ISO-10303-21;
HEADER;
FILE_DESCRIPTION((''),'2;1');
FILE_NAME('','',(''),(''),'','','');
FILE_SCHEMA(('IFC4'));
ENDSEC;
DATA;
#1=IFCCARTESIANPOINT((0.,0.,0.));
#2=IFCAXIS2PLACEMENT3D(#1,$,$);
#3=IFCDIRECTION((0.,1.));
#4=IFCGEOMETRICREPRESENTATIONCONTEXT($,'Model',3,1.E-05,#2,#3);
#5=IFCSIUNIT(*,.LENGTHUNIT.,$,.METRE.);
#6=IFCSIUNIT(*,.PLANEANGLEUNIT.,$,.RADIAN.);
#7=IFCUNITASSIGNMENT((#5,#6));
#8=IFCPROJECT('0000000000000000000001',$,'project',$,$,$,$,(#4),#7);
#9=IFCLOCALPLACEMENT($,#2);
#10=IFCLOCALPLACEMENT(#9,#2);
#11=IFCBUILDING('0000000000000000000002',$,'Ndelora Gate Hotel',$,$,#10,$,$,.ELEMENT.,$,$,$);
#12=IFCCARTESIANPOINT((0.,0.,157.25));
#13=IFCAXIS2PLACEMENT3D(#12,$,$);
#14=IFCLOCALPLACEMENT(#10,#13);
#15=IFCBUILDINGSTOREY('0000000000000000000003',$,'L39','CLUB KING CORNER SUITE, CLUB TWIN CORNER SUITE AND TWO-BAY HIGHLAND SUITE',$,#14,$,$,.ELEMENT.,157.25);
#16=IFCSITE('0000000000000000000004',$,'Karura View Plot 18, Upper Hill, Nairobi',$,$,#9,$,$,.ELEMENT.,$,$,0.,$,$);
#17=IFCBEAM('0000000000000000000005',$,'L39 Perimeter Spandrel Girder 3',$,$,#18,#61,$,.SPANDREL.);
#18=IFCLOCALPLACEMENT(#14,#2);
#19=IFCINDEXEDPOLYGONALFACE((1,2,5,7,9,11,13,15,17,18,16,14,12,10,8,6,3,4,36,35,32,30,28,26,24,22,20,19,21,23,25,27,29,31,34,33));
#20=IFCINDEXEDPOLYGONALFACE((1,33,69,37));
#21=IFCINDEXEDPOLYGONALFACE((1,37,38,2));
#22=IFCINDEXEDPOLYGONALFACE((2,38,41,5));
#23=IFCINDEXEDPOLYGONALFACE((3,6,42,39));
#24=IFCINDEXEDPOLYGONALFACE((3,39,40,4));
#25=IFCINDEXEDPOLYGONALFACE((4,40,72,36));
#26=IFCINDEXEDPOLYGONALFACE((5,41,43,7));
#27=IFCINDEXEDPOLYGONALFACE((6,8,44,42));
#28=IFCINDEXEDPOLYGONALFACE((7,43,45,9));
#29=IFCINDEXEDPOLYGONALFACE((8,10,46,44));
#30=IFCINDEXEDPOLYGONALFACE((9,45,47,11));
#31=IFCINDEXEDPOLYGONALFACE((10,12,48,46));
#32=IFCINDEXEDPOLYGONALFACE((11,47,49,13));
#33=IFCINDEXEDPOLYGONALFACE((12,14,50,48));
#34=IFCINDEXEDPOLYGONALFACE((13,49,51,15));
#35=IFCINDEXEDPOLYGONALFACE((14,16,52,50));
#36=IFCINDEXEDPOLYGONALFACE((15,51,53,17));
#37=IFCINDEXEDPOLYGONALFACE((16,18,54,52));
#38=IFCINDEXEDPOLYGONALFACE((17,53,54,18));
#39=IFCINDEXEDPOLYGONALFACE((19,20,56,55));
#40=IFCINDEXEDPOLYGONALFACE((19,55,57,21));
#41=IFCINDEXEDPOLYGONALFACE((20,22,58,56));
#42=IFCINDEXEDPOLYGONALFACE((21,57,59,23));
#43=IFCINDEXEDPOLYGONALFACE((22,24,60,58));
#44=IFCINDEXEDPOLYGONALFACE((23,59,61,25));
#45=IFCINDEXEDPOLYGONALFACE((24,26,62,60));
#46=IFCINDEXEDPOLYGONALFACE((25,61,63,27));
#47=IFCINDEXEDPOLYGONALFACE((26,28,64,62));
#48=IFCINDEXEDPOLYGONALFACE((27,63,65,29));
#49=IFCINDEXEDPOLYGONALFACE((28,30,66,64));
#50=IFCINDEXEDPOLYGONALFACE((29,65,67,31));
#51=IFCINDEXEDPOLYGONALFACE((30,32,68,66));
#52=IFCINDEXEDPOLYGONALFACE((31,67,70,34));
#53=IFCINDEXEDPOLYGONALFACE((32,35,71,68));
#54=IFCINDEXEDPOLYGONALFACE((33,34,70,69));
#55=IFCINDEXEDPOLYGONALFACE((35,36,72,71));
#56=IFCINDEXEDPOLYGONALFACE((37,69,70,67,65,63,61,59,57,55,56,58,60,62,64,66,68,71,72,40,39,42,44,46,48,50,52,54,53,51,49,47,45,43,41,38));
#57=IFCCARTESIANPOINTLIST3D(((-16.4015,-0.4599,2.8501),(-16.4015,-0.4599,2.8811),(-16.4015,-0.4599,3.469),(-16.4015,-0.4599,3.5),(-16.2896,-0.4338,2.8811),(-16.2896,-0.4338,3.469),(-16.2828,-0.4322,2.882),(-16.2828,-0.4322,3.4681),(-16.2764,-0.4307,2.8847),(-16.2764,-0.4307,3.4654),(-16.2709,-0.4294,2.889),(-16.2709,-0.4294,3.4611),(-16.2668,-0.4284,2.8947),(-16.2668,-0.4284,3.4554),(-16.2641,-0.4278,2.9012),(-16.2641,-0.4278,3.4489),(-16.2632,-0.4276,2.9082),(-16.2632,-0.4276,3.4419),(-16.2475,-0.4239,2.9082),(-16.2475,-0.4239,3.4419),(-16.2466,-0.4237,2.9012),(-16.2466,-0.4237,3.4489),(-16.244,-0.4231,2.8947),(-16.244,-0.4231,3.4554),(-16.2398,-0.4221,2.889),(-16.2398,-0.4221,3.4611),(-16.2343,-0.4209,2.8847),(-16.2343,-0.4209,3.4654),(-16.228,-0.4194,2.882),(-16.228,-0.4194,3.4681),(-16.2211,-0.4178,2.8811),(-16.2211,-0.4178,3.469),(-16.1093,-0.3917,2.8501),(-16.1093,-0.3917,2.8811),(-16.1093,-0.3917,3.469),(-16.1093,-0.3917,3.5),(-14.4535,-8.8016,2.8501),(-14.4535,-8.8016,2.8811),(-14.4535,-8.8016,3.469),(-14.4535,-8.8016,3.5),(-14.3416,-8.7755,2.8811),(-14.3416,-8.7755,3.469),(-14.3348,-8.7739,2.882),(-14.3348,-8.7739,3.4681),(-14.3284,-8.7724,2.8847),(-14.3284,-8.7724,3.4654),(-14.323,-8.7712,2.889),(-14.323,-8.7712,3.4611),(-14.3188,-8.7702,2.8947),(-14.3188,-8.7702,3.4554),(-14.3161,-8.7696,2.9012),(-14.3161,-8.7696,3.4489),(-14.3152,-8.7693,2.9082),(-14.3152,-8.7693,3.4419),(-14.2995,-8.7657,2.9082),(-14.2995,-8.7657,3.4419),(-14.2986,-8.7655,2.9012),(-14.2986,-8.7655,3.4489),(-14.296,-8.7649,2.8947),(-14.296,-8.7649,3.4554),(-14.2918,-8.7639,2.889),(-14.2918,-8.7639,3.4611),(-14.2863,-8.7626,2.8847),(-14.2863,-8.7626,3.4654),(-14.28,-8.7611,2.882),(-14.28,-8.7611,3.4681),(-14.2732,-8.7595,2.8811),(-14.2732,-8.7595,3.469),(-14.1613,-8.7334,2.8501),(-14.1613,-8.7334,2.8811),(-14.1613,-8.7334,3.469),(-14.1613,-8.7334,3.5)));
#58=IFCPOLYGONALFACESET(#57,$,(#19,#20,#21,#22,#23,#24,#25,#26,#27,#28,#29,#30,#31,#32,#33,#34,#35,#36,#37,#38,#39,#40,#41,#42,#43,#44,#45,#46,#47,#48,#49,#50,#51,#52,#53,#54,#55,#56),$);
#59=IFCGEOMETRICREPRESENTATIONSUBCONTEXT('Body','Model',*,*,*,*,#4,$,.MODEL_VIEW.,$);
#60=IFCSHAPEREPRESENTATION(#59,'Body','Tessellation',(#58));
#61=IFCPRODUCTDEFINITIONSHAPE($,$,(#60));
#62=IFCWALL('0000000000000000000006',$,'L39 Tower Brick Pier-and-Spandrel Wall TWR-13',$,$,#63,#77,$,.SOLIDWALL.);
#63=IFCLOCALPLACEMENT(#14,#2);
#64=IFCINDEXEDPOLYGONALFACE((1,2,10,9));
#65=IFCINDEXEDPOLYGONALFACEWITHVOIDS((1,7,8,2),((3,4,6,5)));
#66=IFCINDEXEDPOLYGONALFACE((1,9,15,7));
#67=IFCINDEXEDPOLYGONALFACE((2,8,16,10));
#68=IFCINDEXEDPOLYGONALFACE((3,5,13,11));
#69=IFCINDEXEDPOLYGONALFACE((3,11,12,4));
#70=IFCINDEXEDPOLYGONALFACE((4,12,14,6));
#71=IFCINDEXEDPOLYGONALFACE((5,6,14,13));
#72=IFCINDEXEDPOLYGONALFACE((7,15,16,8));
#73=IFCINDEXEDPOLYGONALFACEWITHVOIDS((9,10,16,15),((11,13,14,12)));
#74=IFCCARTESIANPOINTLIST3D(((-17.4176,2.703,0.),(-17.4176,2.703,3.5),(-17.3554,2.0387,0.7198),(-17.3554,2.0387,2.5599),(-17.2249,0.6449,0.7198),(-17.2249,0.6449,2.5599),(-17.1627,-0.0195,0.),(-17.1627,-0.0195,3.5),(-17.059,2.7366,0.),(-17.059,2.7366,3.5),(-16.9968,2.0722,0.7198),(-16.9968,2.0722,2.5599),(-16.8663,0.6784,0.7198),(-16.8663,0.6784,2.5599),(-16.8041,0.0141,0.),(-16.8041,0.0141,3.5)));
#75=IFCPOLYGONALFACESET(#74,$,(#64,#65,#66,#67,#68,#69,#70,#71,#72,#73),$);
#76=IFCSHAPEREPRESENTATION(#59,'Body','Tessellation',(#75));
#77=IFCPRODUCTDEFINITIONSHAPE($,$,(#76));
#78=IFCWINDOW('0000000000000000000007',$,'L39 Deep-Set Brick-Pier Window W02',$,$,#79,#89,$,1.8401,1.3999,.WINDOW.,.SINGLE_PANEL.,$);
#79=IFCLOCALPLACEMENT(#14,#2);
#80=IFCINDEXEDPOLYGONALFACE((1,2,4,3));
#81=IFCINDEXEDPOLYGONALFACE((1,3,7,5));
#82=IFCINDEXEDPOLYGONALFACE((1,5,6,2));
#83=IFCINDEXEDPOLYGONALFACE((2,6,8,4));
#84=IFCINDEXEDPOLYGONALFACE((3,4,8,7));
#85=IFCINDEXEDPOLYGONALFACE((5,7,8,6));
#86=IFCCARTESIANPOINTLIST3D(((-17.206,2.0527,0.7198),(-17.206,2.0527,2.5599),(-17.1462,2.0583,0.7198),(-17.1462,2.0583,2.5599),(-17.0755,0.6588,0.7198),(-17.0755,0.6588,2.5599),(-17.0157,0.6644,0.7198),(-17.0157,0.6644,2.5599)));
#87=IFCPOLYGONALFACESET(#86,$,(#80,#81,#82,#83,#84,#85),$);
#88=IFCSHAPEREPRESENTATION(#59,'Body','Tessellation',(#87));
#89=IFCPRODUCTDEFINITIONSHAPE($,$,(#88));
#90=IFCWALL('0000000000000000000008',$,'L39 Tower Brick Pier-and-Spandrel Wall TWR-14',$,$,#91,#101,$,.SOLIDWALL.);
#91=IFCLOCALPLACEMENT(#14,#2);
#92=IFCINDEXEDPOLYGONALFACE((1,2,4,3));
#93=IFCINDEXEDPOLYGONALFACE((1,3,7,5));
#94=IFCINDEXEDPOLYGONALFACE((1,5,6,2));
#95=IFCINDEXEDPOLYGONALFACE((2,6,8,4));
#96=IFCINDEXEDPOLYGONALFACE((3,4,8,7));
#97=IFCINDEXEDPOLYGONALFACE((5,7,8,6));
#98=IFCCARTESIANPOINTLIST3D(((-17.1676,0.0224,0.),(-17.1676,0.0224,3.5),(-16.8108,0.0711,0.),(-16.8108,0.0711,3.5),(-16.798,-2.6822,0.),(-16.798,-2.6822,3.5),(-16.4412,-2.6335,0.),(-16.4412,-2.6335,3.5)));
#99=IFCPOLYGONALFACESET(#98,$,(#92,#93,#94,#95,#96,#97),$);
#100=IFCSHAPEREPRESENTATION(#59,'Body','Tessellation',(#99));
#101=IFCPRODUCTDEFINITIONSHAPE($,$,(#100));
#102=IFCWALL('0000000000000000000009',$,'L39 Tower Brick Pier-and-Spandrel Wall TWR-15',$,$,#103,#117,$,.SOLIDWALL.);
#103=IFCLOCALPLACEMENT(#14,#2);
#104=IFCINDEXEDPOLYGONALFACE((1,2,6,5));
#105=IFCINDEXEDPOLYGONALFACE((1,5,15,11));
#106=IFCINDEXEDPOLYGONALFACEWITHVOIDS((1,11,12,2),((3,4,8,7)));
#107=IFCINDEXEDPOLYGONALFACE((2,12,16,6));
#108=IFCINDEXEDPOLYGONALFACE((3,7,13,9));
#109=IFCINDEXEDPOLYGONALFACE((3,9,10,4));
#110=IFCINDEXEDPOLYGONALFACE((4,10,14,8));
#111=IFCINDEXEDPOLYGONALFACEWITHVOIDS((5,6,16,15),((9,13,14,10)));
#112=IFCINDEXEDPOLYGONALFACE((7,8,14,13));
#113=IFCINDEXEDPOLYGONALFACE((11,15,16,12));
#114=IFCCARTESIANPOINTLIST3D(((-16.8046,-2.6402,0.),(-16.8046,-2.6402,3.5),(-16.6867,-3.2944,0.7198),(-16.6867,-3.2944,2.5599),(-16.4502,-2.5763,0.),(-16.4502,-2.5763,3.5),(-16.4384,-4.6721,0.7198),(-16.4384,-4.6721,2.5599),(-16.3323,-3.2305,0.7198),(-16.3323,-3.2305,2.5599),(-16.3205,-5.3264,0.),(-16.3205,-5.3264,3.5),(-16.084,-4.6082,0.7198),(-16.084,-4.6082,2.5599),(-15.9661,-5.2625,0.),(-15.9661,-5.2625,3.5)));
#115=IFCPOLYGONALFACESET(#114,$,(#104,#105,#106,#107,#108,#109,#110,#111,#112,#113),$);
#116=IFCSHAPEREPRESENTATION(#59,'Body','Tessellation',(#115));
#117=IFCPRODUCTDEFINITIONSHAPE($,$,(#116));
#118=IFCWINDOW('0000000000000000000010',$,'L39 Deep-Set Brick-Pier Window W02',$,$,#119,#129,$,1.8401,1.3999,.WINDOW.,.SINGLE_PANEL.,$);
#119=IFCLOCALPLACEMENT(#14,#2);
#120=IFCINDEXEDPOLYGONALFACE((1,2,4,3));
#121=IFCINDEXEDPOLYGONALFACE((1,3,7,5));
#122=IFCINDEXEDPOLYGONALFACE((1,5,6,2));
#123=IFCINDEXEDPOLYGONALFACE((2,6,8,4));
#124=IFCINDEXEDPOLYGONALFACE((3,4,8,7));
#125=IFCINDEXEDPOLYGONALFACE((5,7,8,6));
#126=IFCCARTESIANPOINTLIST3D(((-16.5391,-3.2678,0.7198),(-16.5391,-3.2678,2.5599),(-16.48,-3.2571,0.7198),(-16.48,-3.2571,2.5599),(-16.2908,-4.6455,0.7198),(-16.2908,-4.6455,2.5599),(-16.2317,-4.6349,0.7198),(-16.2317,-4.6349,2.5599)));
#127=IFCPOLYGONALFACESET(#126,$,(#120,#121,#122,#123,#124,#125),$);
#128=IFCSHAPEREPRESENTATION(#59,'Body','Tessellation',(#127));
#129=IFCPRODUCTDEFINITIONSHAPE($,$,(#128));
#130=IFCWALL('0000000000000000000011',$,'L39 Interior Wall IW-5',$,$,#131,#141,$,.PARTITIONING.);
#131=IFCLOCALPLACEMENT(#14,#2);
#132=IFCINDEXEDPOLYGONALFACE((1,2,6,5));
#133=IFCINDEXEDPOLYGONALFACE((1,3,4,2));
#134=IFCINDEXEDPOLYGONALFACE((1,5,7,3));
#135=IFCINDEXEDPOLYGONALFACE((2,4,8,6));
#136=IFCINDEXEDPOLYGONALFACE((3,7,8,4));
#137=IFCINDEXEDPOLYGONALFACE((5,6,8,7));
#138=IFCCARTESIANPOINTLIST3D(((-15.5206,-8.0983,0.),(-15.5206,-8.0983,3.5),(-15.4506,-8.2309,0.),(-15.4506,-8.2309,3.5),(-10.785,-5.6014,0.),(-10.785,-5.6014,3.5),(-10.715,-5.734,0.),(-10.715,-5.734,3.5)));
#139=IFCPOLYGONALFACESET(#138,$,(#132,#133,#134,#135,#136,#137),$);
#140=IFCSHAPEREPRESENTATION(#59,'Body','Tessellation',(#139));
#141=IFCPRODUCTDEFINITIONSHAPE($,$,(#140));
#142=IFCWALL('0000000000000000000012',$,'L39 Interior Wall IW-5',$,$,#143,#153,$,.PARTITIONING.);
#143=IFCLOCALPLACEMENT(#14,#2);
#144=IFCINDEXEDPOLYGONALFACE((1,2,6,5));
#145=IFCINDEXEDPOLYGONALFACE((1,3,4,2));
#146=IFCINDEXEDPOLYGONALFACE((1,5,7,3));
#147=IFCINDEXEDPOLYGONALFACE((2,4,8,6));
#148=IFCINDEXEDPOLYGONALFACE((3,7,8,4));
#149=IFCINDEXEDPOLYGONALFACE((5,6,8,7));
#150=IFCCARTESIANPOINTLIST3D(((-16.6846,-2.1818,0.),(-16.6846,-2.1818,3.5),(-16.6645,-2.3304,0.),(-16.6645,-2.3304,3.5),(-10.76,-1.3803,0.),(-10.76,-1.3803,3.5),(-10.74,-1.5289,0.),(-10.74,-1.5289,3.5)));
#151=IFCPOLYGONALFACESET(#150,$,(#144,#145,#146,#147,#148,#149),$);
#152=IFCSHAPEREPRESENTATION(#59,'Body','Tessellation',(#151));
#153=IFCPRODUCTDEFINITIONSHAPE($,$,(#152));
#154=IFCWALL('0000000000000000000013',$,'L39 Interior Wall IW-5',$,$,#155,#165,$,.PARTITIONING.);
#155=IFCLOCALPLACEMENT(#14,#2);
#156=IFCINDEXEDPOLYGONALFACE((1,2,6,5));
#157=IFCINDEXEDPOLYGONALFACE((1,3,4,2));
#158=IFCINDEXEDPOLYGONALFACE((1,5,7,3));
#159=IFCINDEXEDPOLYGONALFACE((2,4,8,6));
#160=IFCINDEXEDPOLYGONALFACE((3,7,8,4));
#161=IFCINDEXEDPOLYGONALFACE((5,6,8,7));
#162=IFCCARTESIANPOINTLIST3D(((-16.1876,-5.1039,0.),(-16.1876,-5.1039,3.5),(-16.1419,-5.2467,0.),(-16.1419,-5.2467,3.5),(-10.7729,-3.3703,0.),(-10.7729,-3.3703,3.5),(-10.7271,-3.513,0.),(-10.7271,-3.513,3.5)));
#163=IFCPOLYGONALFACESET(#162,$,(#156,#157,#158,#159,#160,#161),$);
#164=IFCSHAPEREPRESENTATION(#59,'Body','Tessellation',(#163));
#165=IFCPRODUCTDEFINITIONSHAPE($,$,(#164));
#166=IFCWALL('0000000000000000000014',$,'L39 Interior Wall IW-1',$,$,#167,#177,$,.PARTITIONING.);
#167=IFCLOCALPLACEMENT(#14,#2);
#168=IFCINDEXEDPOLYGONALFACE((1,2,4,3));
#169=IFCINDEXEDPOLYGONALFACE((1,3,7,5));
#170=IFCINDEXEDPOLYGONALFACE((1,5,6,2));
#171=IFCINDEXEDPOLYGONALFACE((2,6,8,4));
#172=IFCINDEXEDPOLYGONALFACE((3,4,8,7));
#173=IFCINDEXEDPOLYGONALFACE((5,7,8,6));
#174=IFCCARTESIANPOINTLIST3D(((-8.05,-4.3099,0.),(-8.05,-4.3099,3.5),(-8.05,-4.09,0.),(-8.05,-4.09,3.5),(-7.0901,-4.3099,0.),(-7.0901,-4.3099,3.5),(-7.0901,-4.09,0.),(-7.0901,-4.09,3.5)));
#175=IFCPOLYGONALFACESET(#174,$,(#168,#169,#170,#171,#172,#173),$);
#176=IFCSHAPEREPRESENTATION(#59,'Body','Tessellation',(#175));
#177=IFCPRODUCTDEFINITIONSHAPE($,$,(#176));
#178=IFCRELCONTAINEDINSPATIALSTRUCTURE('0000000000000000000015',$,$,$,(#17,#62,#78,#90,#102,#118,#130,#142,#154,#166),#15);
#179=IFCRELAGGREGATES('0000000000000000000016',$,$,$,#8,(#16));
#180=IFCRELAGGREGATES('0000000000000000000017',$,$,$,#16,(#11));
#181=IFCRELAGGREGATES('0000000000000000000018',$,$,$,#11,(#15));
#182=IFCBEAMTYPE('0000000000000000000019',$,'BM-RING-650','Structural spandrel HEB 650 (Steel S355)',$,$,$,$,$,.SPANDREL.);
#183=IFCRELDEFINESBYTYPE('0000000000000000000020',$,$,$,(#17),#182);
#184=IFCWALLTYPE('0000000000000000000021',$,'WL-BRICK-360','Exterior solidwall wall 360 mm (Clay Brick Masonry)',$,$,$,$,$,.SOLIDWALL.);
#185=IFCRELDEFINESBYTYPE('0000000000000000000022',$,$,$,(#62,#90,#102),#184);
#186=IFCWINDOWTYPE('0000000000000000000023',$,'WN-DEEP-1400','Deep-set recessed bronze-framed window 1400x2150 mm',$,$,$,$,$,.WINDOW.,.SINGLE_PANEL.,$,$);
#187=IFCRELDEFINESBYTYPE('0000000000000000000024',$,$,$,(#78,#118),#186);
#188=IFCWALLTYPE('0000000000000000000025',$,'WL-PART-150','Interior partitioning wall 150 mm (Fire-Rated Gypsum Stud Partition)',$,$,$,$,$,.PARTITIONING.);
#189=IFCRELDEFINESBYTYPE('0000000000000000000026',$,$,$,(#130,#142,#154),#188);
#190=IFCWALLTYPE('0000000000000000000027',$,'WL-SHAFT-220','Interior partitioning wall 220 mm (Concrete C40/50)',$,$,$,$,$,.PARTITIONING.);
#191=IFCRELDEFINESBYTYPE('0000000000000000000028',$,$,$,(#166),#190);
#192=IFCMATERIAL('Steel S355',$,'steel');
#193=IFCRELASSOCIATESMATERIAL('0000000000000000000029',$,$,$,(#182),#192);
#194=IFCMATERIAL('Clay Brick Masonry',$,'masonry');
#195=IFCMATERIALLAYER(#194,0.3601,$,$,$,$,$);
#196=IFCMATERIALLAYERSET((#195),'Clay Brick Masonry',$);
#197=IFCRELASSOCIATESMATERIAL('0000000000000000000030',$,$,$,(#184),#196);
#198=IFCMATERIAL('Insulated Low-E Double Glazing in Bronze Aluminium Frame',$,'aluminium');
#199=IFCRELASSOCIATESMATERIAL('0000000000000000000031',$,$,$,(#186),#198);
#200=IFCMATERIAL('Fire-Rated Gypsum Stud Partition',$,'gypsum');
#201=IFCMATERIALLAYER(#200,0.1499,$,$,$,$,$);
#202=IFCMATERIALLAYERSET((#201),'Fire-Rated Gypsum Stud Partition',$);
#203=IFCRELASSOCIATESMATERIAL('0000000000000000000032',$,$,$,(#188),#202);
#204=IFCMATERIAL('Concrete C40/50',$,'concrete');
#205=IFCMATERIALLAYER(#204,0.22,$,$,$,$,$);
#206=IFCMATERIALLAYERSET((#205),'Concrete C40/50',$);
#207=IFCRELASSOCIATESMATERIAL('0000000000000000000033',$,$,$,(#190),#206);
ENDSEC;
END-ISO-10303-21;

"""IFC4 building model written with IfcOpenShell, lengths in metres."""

from ifc_helpers import new_model, si_unit, direction, frame, frame_2d, origin, origin_2d, place, context, subcontext, project, spatial, rectangle, i_section, extrude, material, layer, layer_set, material_profile, profile_set, type_object, element, fill, save


model = new_model("IFC4")

# Units and contexts
model_context = context("Model", 3, precision=1e-05, world=origin(), true_north=direction((0.0, 1.0)))
body_context = subcontext(model_context, "Body", "Model", "MODEL_VIEW")
ifc_project = project(units=[si_unit("LENGTHUNIT", "METRE"), si_unit("PLANEANGLEUNIT", "RADIAN")], contexts=[model_context])

# Site, building, storey
site_placement = place(None, origin())
site = spatial("IfcSite", under=ifc_project, at=site_placement, Name="Karura View Plot 18, Upper Hill, Nairobi", CompositionType="ELEMENT", RefElevation=0.0)
building_placement = place(site_placement, origin())
building = spatial("IfcBuilding", under=site, at=building_placement, Name="Ndelora Gate Hotel", CompositionType="ELEMENT")
storey_placement = place(building_placement, frame((0.0, 0.0, 157.25)))
storey = spatial("IfcBuildingStorey", under=building, at=storey_placement, Name="L39", Description="CLUB KING CORNER SUITE, CLUB TWIN CORNER SUITE AND TWO-BAY HIGHLAND SUITE", CompositionType="ELEMENT", Elevation=157.25)

# Beam
ifc_material_1 = material(Name="Steel S355", Category="steel")
ifc_material_profile_1 = material_profile(ifc_material_1, i_section(OverallWidth=0.3, OverallDepth=0.6499, WebThickness=0.0161, FlangeThickness=0.031, FilletRadius=0.0271, at=origin_2d()), Name="HEB 650")
ifc_profile_set_1 = profile_set([ifc_material_profile_1], Name="Steel S355")
beam_type_1 = type_object("IfcBeamType", Name="BM-RING-650", Description="Structural spandrel HEB 650 (Steel S355)", PredefinedType="SPANDREL", material=ifc_profile_set_1)
beam_1_placement = place(storey_placement, frame((-16.2554, -0.4258, 3.175), z_axis=(0.227404, -0.9738, 0.0), x_axis=(0.9738, 0.227404, 0.0)))
element("IfcBeam", 1, at=beam_1_placement, inside=storey, type_object=beam_type_1, Name="L39 Perimeter Spandrel Girder 3", PredefinedType="SPANDREL", context=body_context, shape_type="SweptSolid", body=[
    extrude(i_section(OverallWidth=0.3, OverallDepth=0.6499, WebThickness=0.0161, FlangeThickness=0.031, FilletRadius=0.0271, at=origin_2d()), origin(), (0.0, 0.0, 1.0), 8.5662),
])

# Wall, opening, window
ifc_material_2 = material(Name="Clay Brick Masonry", Category="masonry")
ifc_layer_1 = layer(ifc_material_2, 0.3601)
ifc_layer_set_1 = layer_set([ifc_layer_1], Name="Clay Brick Masonry")
wall_type_1 = type_object("IfcWallType", Name="WL-BRICK-360", Description="Exterior solidwall wall 360 mm (Clay Brick Masonry)", PredefinedType="SOLIDWALL", material=ifc_layer_set_1)
wall_1_placement = place(storey_placement, frame((-16.9834, -0.0027, 0.0), z_axis=(0.0, 0.0, 1.0), x_axis=(-0.093216, 0.995646, 0.0)))
wall_1 = element("IfcWall", 2, at=wall_1_placement, inside=storey, type_object=wall_type_1, Name="L39 Tower Brick Pier-and-Spandrel Wall TWR-13", PredefinedType="SOLIDWALL", context=body_context, shape_type="SweptSolid", body=[
    extrude(rectangle(XDim=2.7344, YDim=0.3601, at=frame_2d((1.3672, 0.0))), origin(), (0.0, 0.0, 1.0), 3.5),
])
opening_1_placement = place(wall_1_placement, frame((0.6672, 0.0, 0.72)))
opening_1 = element("IfcOpeningElement", 3, at=opening_1_placement, cuts=wall_1, PredefinedType="OPENING", context=body_context, shape_type="SweptSolid", body=[
    extrude(rectangle(XDim=1.3999, YDim=1.8401, at=frame_2d((0.7, 0.9199))), frame((0.0, 0.1899, 0.0), z_axis=(0.0, -1.0, 0.0), x_axis=(1.0, 0.0, 0.0)), (0.0, 0.0, 1.0), 0.3801),
])
ifc_material_3 = material(Name="Insulated Low-E Double Glazing in Bronze Aluminium Frame", Category="aluminium")
window_type = type_object("IfcWindowType", Name="WN-DEEP-1400", Description="Deep-set recessed bronze-framed window 1400x2150 mm", PartitioningType="SINGLE_PANEL", PredefinedType="WINDOW", material=ifc_material_3)
window_1_placement = place(opening_1_placement, origin())
window_1 = element("IfcWindow", 4, at=window_1_placement, inside=storey, type_object=window_type, Name="L39 Deep-Set Brick-Pier Window W02", OverallHeight=1.8401, OverallWidth=1.3999, PartitioningType="SINGLE_PANEL", PredefinedType="WINDOW", context=body_context, shape_type="SweptSolid", body=[
    extrude(rectangle(XDim=1.3999, YDim=1.8401, at=frame_2d((0.7, 0.9199))), frame((0.0, 0.03, 0.0), z_axis=(0.0, -1.0, 0.0), x_axis=(1.0, 0.0, 0.0)), (0.0, 0.0, 1.0), 0.0601),
])
fill(opening_1, window_1)

# Wall
wall_2_placement = place(storey_placement, frame((-16.6196, -2.6577, 0.0), z_axis=(0.0, 0.0, 1.0), x_axis=(-0.135409, 0.99079, 0.0)))
element("IfcWall", 5, at=wall_2_placement, inside=storey, type_object=wall_type_1, Name="L39 Tower Brick Pier-and-Spandrel Wall TWR-14", PredefinedType="SOLIDWALL", context=body_context, shape_type="SweptSolid", body=[
    extrude(rectangle(XDim=2.7297, YDim=0.3601, at=frame_2d((1.3647, 0.0))), origin(), (0.0, 0.0, 1.0), 3.5),
])

# Wall, opening, window
wall_3_placement = place(storey_placement, frame((-16.1433, -5.2944, 0.0), z_axis=(0.0, 0.0, 1.0), x_axis=(-0.177366, 0.984145, 0.0)))
wall_3 = element("IfcWall", 6, at=wall_3_placement, inside=storey, type_object=wall_type_1, Name="L39 Tower Brick Pier-and-Spandrel Wall TWR-15", PredefinedType="SOLIDWALL", context=body_context, shape_type="SweptSolid", body=[
    extrude(rectangle(XDim=2.7295, YDim=0.3601, at=frame_2d((1.3647, 0.0))), origin(), (0.0, 0.0, 1.0), 3.5),
])
opening_2_placement = place(wall_3_placement, frame((0.6648, 0.0, 0.72)))
opening_2 = element("IfcOpeningElement", 7, at=opening_2_placement, cuts=wall_3, PredefinedType="OPENING", context=body_context, shape_type="SweptSolid", body=[
    extrude(rectangle(XDim=1.3999, YDim=1.8401, at=frame_2d((0.7, 0.9199))), frame((0.0, 0.1899, 0.0), z_axis=(0.0, -1.0, 0.0), x_axis=(1.0, 0.0, 0.0)), (0.0, 0.0, 1.0), 0.3801),
])
window_2_placement = place(opening_2_placement, origin())
window_2 = element("IfcWindow", 8, at=window_2_placement, inside=storey, type_object=window_type, Name="L39 Deep-Set Brick-Pier Window W02", OverallHeight=1.8401, OverallWidth=1.3999, PartitioningType="SINGLE_PANEL", PredefinedType="WINDOW", context=body_context, shape_type="SweptSolid", body=[
    extrude(rectangle(XDim=1.3999, YDim=1.8401, at=frame_2d((0.7, 0.9199))), frame((0.0, 0.03, 0.0), z_axis=(0.0, -1.0, 0.0), x_axis=(1.0, 0.0, 0.0)), (0.0, 0.0, 1.0), 0.0601),
])
fill(opening_2, window_2)

# Shared definitions
ifc_material_4 = material(Name="Fire-Rated Gypsum Stud Partition", Category="gypsum")
ifc_layer_2 = layer(ifc_material_4, 0.1499)
ifc_layer_set_2 = layer_set([ifc_layer_2], Name="Fire-Rated Gypsum Stud Partition")
wall_type_2 = type_object("IfcWallType", Name="WL-PART-150", Description="Interior partitioning wall 150 mm (Fire-Rated Gypsum Stud Partition)", PredefinedType="PARTITIONING", material=ifc_layer_set_2)

# Walls
wall_4_placement = place(storey_placement, frame((-10.75, -5.6677, 0.0), z_axis=(0.0, 0.0, 1.0), x_axis=(-0.884579, -0.466391, 0.0)))
element("IfcWall", 9, at=wall_4_placement, inside=storey, type_object=wall_type_2, Name="L39 Interior Wall IW-5", PredefinedType="PARTITIONING", context=body_context, shape_type="SweptSolid", body=[
    extrude(rectangle(XDim=5.3535, YDim=0.1499, at=frame_2d((2.6768, 0.0))), origin(), (0.0, 0.0, 1.0), 3.5),
])
wall_5_placement = place(storey_placement, frame((-10.75, -1.4546, 0.0), z_axis=(0.0, 0.0, 1.0), x_axis=(-0.990972, -0.134065, 0.0)))
element("IfcWall", 10, at=wall_5_placement, inside=storey, type_object=wall_type_2, Name="L39 Interior Wall IW-5", PredefinedType="PARTITIONING", context=body_context, shape_type="SweptSolid", body=[
    extrude(rectangle(XDim=5.9785, YDim=0.1499, at=frame_2d((2.9893, 0.0))), origin(), (0.0, 0.0, 1.0), 3.5),
])
wall_6_placement = place(storey_placement, frame((-10.75, -3.4417, 0.0), z_axis=(0.0, 0.0, 1.0), x_axis=(-0.952378, -0.304921, 0.0)))
element("IfcWall", 11, at=wall_6_placement, inside=storey, type_object=wall_type_2, Name="L39 Interior Wall IW-5", PredefinedType="PARTITIONING", context=body_context, shape_type="SweptSolid", body=[
    extrude(rectangle(XDim=5.6855, YDim=0.1499, at=frame_2d((2.8428, 0.0))), origin(), (0.0, 0.0, 1.0), 3.5),
])
ifc_material_5 = material(Name="Concrete C40/50", Category="concrete")
ifc_layer_3 = layer(ifc_material_5, 0.22)
ifc_layer_set_3 = layer_set([ifc_layer_3], Name="Concrete C40/50")
wall_type_3 = type_object("IfcWallType", Name="WL-SHAFT-220", Description="Interior partitioning wall 220 mm (Concrete C40/50)", PredefinedType="PARTITIONING", material=ifc_layer_set_3)
wall_7_placement = place(storey_placement, frame((-8.05, -4.2, 0.0), z_axis=(0.0, 0.0, 1.0), x_axis=(1.0, 0.0, 0.0)))
element("IfcWall", 12, at=wall_7_placement, inside=storey, type_object=wall_type_3, Name="L39 Interior Wall IW-1", PredefinedType="PARTITIONING", context=body_context, shape_type="SweptSolid", body=[
    extrude(rectangle(XDim=0.96, YDim=0.22, at=frame_2d((0.48, 0.0))), origin(), (0.0, 0.0, 1.0), 3.5),
])

save(model, "model.ifc")
